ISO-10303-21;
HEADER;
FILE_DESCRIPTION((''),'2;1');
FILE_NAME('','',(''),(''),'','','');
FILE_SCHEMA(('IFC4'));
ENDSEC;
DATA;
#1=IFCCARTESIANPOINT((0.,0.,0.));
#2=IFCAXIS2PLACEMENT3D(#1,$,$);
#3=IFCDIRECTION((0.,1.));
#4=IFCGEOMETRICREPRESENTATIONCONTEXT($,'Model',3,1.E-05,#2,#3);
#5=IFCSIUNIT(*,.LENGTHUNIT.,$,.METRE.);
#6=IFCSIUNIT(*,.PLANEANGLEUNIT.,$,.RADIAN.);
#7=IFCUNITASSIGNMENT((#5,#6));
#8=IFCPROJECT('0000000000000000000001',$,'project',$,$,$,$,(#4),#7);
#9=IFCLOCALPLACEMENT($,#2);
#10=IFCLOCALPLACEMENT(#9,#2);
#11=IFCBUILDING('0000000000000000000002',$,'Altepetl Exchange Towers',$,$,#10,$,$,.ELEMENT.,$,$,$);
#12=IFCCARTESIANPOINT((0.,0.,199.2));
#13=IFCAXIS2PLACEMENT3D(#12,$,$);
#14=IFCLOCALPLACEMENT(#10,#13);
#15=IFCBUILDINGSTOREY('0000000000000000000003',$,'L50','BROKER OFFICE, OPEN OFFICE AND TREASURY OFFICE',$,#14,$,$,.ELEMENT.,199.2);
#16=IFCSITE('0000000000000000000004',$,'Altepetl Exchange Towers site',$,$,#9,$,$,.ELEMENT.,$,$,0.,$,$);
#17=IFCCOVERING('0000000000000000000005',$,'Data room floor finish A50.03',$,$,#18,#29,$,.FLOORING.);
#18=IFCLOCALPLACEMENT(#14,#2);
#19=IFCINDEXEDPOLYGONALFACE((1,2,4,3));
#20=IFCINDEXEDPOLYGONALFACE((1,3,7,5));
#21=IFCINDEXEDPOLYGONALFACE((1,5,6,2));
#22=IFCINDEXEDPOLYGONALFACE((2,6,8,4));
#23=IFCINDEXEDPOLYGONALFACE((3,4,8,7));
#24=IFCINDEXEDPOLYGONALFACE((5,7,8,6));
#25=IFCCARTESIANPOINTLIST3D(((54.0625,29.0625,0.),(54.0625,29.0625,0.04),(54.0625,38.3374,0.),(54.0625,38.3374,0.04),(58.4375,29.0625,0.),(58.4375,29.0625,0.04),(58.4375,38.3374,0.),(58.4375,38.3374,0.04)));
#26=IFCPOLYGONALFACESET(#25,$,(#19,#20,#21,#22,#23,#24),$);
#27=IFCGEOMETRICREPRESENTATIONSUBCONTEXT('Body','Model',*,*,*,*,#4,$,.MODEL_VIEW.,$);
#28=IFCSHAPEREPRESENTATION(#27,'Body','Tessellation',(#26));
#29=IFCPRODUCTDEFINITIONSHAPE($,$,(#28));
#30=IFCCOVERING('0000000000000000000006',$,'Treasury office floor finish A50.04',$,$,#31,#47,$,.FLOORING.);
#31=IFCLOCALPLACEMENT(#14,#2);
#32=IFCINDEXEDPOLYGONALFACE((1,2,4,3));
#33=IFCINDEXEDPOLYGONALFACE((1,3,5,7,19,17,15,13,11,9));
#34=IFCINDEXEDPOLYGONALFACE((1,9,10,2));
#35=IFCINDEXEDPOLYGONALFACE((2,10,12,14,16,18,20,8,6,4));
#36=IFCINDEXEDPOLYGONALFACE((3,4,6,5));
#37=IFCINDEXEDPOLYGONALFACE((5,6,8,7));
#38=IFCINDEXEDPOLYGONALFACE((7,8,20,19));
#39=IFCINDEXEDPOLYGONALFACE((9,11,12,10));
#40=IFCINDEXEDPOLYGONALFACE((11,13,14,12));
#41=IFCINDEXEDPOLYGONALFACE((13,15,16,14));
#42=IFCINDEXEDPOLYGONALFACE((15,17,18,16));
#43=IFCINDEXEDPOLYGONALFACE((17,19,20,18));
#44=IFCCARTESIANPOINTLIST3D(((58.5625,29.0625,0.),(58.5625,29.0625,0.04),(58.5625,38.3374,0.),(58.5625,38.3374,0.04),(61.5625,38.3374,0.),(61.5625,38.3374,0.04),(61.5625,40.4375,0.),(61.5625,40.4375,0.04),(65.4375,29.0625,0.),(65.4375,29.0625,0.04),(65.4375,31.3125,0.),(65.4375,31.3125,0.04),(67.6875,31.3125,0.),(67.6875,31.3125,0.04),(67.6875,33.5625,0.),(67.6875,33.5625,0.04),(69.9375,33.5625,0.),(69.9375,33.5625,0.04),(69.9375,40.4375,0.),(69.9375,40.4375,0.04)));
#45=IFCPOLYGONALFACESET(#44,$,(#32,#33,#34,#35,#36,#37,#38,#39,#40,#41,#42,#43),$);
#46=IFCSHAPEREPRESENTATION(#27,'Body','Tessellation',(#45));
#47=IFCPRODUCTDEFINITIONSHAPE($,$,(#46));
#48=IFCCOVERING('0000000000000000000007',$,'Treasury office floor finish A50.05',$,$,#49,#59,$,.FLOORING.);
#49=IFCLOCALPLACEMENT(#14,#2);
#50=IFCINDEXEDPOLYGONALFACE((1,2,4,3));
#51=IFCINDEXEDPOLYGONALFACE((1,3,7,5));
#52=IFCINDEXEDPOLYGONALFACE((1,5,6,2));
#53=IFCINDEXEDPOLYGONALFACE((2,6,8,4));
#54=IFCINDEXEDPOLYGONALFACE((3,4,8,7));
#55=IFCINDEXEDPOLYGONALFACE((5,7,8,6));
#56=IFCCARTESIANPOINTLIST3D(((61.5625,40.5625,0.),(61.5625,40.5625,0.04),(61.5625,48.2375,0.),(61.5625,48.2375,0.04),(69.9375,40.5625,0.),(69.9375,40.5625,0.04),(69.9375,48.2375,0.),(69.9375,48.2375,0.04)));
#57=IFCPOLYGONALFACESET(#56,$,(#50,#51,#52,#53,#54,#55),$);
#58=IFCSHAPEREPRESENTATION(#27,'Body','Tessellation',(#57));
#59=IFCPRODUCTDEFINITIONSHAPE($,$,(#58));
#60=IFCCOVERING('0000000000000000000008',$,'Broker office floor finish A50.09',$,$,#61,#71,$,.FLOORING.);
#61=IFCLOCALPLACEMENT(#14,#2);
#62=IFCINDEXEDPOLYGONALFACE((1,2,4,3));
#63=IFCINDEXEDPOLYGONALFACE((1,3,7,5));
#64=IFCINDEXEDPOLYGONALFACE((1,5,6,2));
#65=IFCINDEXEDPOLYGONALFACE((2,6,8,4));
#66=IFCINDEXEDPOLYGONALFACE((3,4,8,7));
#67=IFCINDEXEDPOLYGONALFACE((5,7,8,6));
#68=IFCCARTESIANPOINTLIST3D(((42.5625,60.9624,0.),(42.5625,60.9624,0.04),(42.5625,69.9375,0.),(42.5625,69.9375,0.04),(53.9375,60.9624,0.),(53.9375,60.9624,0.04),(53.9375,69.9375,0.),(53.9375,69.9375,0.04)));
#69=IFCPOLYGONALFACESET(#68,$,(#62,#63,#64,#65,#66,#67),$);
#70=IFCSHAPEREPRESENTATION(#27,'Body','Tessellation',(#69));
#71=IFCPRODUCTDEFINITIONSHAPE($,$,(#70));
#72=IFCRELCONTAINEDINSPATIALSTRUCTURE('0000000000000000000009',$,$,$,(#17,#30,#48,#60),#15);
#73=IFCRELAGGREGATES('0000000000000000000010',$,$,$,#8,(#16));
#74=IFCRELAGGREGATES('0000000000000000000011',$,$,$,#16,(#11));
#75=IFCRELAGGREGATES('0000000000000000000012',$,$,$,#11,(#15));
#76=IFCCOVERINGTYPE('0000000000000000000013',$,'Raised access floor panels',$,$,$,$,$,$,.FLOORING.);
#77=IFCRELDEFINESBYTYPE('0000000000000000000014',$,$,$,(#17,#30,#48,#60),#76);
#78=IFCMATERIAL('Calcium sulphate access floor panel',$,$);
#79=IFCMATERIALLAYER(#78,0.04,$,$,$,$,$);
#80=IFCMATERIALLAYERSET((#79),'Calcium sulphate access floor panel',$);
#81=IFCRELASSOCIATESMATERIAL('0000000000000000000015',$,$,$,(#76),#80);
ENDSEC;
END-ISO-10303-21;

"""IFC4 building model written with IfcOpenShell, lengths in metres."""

from ifc_helpers import new_model, si_unit, direction, frame, origin, place, context, subcontext, project, spatial, polyline, outline, extrude, material, layer, layer_set, type_object, element, save


model = new_model("IFC4")

# Units and contexts
model_context = context("Model", 3, precision=1e-05, world=origin(), true_north=direction((0.0, 1.0)))
body_context = subcontext(model_context, "Body", "Model", "MODEL_VIEW")
ifc_project = project(units=[si_unit("LENGTHUNIT", "METRE"), si_unit("PLANEANGLEUNIT", "RADIAN")], contexts=[model_context])

# Site, building, storey
site_placement = place(None, origin())
site = spatial("IfcSite", under=ifc_project, at=site_placement, Name="Altepetl Exchange Towers site", CompositionType="ELEMENT", RefElevation=0.0)
building_placement = place(site_placement, origin())
building = spatial("IfcBuilding", under=site, at=building_placement, Name="Altepetl Exchange Towers", CompositionType="ELEMENT")
storey_placement = place(building_placement, frame((0.0, 0.0, 199.2)))
storey = spatial("IfcBuildingStorey", under=building, at=storey_placement, Name="L50", Description="BROKER OFFICE, OPEN OFFICE AND TREASURY OFFICE", CompositionType="ELEMENT", Elevation=199.2)

# Coverings
ifc_material_1 = material(Name="Calcium sulphate access floor panel")
ifc_layer_1 = layer(ifc_material_1, 0.04)
ifc_layer_set_1 = layer_set([ifc_layer_1], Name="Calcium sulphate access floor panel")
covering_type_1 = type_object("IfcCoveringType", Name="Raised access floor panels", PredefinedType="FLOORING", material=ifc_layer_set_1)
covering_1_placement = place(storey_placement, origin())
element("IfcCovering", 1, at=covering_1_placement, inside=storey, type_object=covering_type_1, Name="Data room floor finish A50.03", PredefinedType="FLOORING", context=body_context, shape_type="SweptSolid", body=[
    extrude(outline(polyline([(54.0625, 29.0625), (58.4375, 29.0625), (58.4375, 38.3374), (54.0625, 38.3374), (54.0625, 29.0625)])), origin(), (0.0, 0.0, 1.0), 0.04),
])
covering_2_placement = place(storey_placement, origin())
element("IfcCovering", 2, at=covering_2_placement, inside=storey, type_object=covering_type_1, Name="Treasury office floor finish A50.04", PredefinedType="FLOORING", context=body_context, shape_type="SweptSolid", body=[
    extrude(outline(polyline([(58.5625, 38.3374), (58.5625, 29.0625), (65.4375, 29.0625), (65.4375, 31.3125), (67.6875, 31.3125), (67.6875, 33.5625), (69.9375, 33.5625), (69.9375, 40.4375), (61.5625, 40.4375), (61.5625, 38.3374), (58.5625, 38.3374)])), origin(), (0.0, 0.0, 1.0), 0.04),
])
covering_3_placement = place(storey_placement, origin())
element("IfcCovering", 3, at=covering_3_placement, inside=storey, type_object=covering_type_1, Name="Treasury office floor finish A50.05", PredefinedType="FLOORING", context=body_context, shape_type="SweptSolid", body=[
    extrude(outline(polyline([(61.5625, 40.5625), (69.9375, 40.5625), (69.9375, 48.2375), (61.5625, 48.2375), (61.5625, 40.5625)])), origin(), (0.0, 0.0, 1.0), 0.04),
])
covering_4_placement = place(storey_placement, origin())
element("IfcCovering", 4, at=covering_4_placement, inside=storey, type_object=covering_type_1, Name="Broker office floor finish A50.09", PredefinedType="FLOORING", context=body_context, shape_type="SweptSolid", body=[
    extrude(outline(polyline([(53.9375, 60.9624), (53.9375, 69.9375), (42.5625, 69.9375), (42.5625, 60.9624), (53.9375, 60.9624)])), origin(), (0.0, 0.0, 1.0), 0.04),
])

save(model, "model.ifc")
